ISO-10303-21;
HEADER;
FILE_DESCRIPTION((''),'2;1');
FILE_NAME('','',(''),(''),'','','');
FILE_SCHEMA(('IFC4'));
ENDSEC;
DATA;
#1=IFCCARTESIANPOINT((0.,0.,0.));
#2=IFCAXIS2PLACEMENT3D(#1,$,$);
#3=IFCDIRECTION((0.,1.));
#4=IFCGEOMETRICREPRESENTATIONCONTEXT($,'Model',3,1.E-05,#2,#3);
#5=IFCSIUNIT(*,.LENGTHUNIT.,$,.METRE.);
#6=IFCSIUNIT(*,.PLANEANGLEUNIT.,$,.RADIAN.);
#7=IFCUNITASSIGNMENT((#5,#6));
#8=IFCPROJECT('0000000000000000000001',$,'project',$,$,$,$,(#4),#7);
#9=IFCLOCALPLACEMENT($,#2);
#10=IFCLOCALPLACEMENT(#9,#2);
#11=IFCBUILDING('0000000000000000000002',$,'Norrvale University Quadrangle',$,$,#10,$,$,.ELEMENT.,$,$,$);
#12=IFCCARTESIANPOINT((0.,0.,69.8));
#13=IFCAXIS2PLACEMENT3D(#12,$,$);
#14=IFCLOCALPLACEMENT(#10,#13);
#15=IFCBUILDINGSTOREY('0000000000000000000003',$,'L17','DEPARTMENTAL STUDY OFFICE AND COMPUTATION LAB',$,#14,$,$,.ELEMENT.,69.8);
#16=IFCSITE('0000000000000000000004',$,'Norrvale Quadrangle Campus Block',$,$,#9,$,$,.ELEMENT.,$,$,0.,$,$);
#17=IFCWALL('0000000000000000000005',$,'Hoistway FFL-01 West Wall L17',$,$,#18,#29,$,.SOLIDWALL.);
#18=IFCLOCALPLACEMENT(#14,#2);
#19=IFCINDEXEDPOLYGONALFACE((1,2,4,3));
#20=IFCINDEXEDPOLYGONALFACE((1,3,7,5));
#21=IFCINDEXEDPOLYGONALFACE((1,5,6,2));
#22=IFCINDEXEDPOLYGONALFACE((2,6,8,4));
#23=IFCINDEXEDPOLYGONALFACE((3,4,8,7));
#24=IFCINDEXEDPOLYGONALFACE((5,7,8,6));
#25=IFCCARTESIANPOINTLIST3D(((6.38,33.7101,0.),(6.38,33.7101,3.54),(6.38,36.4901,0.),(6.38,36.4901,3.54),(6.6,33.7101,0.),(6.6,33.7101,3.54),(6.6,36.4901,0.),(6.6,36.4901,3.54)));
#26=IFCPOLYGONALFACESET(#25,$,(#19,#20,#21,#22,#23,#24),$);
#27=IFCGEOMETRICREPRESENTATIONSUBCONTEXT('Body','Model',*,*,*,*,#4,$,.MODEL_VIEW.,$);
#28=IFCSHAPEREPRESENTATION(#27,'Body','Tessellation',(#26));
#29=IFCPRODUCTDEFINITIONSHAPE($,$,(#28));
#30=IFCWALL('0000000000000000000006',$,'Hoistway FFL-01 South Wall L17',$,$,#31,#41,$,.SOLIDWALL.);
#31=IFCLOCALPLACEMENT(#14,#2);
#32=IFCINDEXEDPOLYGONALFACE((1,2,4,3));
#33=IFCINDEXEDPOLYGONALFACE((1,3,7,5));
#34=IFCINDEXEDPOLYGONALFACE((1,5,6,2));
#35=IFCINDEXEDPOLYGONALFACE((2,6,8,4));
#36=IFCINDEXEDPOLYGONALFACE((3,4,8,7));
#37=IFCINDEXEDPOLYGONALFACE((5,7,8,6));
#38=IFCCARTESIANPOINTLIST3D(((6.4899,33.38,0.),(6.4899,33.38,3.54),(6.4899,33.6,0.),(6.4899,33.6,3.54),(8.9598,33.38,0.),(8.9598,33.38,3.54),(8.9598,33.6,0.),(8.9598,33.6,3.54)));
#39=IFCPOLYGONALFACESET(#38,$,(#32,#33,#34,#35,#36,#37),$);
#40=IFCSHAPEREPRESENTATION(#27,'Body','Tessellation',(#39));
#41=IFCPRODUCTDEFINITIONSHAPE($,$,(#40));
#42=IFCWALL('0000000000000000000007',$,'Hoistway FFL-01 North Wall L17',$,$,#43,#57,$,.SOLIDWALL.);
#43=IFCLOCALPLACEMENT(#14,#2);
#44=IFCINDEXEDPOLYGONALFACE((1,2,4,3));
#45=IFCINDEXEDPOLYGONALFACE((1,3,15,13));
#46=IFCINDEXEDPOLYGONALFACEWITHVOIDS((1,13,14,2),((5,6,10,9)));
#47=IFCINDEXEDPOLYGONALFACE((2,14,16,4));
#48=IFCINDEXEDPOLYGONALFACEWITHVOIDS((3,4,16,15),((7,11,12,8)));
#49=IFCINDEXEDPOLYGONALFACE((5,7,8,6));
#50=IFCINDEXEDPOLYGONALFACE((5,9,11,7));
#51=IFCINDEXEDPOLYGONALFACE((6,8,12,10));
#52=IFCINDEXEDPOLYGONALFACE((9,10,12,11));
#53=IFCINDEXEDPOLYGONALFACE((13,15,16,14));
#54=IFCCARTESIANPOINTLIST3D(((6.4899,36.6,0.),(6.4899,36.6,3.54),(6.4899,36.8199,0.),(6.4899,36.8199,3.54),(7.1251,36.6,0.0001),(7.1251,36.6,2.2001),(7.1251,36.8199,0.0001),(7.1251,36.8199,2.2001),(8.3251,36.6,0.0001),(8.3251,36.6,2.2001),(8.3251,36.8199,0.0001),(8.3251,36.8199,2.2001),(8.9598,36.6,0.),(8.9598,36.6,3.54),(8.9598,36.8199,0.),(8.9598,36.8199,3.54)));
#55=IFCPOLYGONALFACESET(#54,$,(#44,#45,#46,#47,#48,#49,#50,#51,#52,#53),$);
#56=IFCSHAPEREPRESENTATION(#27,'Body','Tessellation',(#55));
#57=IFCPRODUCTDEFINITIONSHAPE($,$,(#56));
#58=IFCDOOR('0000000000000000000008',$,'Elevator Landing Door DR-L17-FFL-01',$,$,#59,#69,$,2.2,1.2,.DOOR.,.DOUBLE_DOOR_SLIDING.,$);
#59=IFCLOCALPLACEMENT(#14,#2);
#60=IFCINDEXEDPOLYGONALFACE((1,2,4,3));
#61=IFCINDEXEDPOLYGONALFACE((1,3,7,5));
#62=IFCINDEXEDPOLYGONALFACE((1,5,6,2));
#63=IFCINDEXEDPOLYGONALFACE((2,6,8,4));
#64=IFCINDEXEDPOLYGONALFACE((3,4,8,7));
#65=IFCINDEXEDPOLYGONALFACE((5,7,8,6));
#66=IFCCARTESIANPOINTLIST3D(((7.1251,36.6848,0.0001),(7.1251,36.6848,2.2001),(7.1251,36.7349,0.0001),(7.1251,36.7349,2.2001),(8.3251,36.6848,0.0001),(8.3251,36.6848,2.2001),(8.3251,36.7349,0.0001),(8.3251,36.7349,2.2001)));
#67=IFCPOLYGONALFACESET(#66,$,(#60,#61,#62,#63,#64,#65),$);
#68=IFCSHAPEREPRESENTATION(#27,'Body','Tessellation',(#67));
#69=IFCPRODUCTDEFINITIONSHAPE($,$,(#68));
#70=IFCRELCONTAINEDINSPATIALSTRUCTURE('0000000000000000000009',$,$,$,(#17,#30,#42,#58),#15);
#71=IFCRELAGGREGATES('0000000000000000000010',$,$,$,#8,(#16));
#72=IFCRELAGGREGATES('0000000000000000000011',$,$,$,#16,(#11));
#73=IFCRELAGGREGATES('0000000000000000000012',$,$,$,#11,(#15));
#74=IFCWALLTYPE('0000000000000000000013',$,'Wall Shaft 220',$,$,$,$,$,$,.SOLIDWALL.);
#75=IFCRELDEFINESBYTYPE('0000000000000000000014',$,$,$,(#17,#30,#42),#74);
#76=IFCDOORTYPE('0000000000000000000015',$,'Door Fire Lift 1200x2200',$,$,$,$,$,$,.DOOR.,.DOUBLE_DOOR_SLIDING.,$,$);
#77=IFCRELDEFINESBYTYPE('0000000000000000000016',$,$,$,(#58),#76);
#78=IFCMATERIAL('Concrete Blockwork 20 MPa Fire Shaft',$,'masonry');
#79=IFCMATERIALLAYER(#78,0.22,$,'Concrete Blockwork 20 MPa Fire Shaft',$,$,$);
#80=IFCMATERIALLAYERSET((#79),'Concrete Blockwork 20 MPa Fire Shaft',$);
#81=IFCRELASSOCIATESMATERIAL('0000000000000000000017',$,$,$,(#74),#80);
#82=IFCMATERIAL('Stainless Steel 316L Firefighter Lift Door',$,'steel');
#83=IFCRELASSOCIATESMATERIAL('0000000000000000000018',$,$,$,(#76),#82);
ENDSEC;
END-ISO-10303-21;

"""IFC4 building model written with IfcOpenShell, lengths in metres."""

from ifc_helpers import new_model, si_unit, direction, frame, frame_2d, origin, place, context, subcontext, project, spatial, rectangle, extrude, material, layer, layer_set, type_object, element, fill, save


model = new_model("IFC4")

# Units and contexts
model_context = context("Model", 3, precision=1e-05, world=origin(), true_north=direction((0.0, 1.0)))
body_context = subcontext(model_context, "Body", "Model", "MODEL_VIEW")
ifc_project = project(units=[si_unit("LENGTHUNIT", "METRE"), si_unit("PLANEANGLEUNIT", "RADIAN")], contexts=[model_context])

# Site, building, storey
site_placement = place(None, origin())
site = spatial("IfcSite", under=ifc_project, at=site_placement, Name="Norrvale Quadrangle Campus Block", CompositionType="ELEMENT", RefElevation=0.0)
building_placement = place(site_placement, origin())
building = spatial("IfcBuilding", under=site, at=building_placement, Name="Norrvale University Quadrangle", CompositionType="ELEMENT")
storey_placement = place(building_placement, frame((0.0, 0.0, 69.8)))
storey = spatial("IfcBuildingStorey", under=building, at=storey_placement, Name="L17", Description="DEPARTMENTAL STUDY OFFICE AND COMPUTATION LAB", CompositionType="ELEMENT", Elevation=69.8)

# Shared definitions
ifc_material_1 = material(Name="Concrete Blockwork 20 MPa Fire Shaft", Category="masonry")
ifc_layer_1 = layer(ifc_material_1, 0.22, Name="Concrete Blockwork 20 MPa Fire Shaft")
ifc_layer_set_1 = layer_set([ifc_layer_1], Name="Concrete Blockwork 20 MPa Fire Shaft")
wall_type_1 = type_object("IfcWallType", Name="Wall Shaft 220", PredefinedType="SOLIDWALL", material=ifc_layer_set_1)

# Walls
wall_1_placement = place(storey_placement, frame((6.49, 33.71, 0.0), z_axis=(0.0, 0.0, 1.0), x_axis=(0.0, 1.0, 0.0)))
element("IfcWall", 1, at=wall_1_placement, inside=storey, type_object=wall_type_1, Name="Hoistway FFL-01 West Wall L17", PredefinedType="SOLIDWALL", context=body_context, shape_type="SweptSolid", body=[
    extrude(rectangle(XDim=2.78, YDim=0.22, at=frame_2d((1.3901, 0.0))), origin(), (0.0, 0.0, 1.0), 3.54),
])
wall_2_placement = place(storey_placement, frame((6.49, 33.49, 0.0), z_axis=(0.0, 0.0, 1.0), x_axis=(1.0, 0.0, 0.0)))
element("IfcWall", 2, at=wall_2_placement, inside=storey, type_object=wall_type_1, Name="Hoistway FFL-01 South Wall L17", PredefinedType="SOLIDWALL", context=body_context, shape_type="SweptSolid", body=[
    extrude(rectangle(XDim=2.47, YDim=0.22, at=frame_2d((1.2349, 0.0))), origin(), (0.0, 0.0, 1.0), 3.54),
])

# Wall, opening, door
wall_3_placement = place(storey_placement, frame((6.49, 36.71, 0.0), z_axis=(0.0, 0.0, 1.0), x_axis=(1.0, 0.0, 0.0)))
wall_3 = element("IfcWall", 3, at=wall_3_placement, inside=storey, type_object=wall_type_1, Name="Hoistway FFL-01 North Wall L17", PredefinedType="SOLIDWALL", context=body_context, shape_type="SweptSolid", body=[
    extrude(rectangle(XDim=2.47, YDim=0.22, at=frame_2d((1.2349, 0.0))), origin(), (0.0, 0.0, 1.0), 3.54),
])
opening_1_placement = place(wall_3_placement, frame((0.635, 0.0, 0.0)))
opening_1 = element("IfcOpeningElement", 4, at=opening_1_placement, cuts=wall_3, PredefinedType="OPENING", context=body_context, shape_type="SweptSolid", body=[
    extrude(rectangle(XDim=1.2, YDim=2.2, at=frame_2d((0.6001, 1.1001))), frame((0.0, 0.1221, 0.0), z_axis=(0.0, -1.0, 0.0), x_axis=(1.0, 0.0, 0.0)), (0.0, 0.0, 1.0), 0.2439),
])
ifc_material_2 = material(Name="Stainless Steel 316L Firefighter Lift Door", Category="steel")
door_type_1 = type_object("IfcDoorType", Name="Door Fire Lift 1200x2200", OperationType="DOUBLE_DOOR_SLIDING", PredefinedType="DOOR", material=ifc_material_2)
door_1_placement = place(opening_1_placement, origin())
door_1 = element("IfcDoor", 5, at=door_1_placement, inside=storey, type_object=door_type_1, Name="Elevator Landing Door DR-L17-FFL-01", OperationType="DOUBLE_DOOR_SLIDING", OverallHeight=2.2, OverallWidth=1.2, PredefinedType="DOOR", context=body_context, shape_type="SweptSolid", body=[
    extrude(rectangle(XDim=1.2, YDim=2.2, at=frame_2d((0.6001, 1.1001))), frame((0.0, 0.0249, 0.0), z_axis=(0.0, -1.0, 0.0), x_axis=(1.0, 0.0, 0.0)), (0.0, 0.0, 1.0), 0.05),
])
fill(opening_1, door_1)

save(model, "model.ifc")
